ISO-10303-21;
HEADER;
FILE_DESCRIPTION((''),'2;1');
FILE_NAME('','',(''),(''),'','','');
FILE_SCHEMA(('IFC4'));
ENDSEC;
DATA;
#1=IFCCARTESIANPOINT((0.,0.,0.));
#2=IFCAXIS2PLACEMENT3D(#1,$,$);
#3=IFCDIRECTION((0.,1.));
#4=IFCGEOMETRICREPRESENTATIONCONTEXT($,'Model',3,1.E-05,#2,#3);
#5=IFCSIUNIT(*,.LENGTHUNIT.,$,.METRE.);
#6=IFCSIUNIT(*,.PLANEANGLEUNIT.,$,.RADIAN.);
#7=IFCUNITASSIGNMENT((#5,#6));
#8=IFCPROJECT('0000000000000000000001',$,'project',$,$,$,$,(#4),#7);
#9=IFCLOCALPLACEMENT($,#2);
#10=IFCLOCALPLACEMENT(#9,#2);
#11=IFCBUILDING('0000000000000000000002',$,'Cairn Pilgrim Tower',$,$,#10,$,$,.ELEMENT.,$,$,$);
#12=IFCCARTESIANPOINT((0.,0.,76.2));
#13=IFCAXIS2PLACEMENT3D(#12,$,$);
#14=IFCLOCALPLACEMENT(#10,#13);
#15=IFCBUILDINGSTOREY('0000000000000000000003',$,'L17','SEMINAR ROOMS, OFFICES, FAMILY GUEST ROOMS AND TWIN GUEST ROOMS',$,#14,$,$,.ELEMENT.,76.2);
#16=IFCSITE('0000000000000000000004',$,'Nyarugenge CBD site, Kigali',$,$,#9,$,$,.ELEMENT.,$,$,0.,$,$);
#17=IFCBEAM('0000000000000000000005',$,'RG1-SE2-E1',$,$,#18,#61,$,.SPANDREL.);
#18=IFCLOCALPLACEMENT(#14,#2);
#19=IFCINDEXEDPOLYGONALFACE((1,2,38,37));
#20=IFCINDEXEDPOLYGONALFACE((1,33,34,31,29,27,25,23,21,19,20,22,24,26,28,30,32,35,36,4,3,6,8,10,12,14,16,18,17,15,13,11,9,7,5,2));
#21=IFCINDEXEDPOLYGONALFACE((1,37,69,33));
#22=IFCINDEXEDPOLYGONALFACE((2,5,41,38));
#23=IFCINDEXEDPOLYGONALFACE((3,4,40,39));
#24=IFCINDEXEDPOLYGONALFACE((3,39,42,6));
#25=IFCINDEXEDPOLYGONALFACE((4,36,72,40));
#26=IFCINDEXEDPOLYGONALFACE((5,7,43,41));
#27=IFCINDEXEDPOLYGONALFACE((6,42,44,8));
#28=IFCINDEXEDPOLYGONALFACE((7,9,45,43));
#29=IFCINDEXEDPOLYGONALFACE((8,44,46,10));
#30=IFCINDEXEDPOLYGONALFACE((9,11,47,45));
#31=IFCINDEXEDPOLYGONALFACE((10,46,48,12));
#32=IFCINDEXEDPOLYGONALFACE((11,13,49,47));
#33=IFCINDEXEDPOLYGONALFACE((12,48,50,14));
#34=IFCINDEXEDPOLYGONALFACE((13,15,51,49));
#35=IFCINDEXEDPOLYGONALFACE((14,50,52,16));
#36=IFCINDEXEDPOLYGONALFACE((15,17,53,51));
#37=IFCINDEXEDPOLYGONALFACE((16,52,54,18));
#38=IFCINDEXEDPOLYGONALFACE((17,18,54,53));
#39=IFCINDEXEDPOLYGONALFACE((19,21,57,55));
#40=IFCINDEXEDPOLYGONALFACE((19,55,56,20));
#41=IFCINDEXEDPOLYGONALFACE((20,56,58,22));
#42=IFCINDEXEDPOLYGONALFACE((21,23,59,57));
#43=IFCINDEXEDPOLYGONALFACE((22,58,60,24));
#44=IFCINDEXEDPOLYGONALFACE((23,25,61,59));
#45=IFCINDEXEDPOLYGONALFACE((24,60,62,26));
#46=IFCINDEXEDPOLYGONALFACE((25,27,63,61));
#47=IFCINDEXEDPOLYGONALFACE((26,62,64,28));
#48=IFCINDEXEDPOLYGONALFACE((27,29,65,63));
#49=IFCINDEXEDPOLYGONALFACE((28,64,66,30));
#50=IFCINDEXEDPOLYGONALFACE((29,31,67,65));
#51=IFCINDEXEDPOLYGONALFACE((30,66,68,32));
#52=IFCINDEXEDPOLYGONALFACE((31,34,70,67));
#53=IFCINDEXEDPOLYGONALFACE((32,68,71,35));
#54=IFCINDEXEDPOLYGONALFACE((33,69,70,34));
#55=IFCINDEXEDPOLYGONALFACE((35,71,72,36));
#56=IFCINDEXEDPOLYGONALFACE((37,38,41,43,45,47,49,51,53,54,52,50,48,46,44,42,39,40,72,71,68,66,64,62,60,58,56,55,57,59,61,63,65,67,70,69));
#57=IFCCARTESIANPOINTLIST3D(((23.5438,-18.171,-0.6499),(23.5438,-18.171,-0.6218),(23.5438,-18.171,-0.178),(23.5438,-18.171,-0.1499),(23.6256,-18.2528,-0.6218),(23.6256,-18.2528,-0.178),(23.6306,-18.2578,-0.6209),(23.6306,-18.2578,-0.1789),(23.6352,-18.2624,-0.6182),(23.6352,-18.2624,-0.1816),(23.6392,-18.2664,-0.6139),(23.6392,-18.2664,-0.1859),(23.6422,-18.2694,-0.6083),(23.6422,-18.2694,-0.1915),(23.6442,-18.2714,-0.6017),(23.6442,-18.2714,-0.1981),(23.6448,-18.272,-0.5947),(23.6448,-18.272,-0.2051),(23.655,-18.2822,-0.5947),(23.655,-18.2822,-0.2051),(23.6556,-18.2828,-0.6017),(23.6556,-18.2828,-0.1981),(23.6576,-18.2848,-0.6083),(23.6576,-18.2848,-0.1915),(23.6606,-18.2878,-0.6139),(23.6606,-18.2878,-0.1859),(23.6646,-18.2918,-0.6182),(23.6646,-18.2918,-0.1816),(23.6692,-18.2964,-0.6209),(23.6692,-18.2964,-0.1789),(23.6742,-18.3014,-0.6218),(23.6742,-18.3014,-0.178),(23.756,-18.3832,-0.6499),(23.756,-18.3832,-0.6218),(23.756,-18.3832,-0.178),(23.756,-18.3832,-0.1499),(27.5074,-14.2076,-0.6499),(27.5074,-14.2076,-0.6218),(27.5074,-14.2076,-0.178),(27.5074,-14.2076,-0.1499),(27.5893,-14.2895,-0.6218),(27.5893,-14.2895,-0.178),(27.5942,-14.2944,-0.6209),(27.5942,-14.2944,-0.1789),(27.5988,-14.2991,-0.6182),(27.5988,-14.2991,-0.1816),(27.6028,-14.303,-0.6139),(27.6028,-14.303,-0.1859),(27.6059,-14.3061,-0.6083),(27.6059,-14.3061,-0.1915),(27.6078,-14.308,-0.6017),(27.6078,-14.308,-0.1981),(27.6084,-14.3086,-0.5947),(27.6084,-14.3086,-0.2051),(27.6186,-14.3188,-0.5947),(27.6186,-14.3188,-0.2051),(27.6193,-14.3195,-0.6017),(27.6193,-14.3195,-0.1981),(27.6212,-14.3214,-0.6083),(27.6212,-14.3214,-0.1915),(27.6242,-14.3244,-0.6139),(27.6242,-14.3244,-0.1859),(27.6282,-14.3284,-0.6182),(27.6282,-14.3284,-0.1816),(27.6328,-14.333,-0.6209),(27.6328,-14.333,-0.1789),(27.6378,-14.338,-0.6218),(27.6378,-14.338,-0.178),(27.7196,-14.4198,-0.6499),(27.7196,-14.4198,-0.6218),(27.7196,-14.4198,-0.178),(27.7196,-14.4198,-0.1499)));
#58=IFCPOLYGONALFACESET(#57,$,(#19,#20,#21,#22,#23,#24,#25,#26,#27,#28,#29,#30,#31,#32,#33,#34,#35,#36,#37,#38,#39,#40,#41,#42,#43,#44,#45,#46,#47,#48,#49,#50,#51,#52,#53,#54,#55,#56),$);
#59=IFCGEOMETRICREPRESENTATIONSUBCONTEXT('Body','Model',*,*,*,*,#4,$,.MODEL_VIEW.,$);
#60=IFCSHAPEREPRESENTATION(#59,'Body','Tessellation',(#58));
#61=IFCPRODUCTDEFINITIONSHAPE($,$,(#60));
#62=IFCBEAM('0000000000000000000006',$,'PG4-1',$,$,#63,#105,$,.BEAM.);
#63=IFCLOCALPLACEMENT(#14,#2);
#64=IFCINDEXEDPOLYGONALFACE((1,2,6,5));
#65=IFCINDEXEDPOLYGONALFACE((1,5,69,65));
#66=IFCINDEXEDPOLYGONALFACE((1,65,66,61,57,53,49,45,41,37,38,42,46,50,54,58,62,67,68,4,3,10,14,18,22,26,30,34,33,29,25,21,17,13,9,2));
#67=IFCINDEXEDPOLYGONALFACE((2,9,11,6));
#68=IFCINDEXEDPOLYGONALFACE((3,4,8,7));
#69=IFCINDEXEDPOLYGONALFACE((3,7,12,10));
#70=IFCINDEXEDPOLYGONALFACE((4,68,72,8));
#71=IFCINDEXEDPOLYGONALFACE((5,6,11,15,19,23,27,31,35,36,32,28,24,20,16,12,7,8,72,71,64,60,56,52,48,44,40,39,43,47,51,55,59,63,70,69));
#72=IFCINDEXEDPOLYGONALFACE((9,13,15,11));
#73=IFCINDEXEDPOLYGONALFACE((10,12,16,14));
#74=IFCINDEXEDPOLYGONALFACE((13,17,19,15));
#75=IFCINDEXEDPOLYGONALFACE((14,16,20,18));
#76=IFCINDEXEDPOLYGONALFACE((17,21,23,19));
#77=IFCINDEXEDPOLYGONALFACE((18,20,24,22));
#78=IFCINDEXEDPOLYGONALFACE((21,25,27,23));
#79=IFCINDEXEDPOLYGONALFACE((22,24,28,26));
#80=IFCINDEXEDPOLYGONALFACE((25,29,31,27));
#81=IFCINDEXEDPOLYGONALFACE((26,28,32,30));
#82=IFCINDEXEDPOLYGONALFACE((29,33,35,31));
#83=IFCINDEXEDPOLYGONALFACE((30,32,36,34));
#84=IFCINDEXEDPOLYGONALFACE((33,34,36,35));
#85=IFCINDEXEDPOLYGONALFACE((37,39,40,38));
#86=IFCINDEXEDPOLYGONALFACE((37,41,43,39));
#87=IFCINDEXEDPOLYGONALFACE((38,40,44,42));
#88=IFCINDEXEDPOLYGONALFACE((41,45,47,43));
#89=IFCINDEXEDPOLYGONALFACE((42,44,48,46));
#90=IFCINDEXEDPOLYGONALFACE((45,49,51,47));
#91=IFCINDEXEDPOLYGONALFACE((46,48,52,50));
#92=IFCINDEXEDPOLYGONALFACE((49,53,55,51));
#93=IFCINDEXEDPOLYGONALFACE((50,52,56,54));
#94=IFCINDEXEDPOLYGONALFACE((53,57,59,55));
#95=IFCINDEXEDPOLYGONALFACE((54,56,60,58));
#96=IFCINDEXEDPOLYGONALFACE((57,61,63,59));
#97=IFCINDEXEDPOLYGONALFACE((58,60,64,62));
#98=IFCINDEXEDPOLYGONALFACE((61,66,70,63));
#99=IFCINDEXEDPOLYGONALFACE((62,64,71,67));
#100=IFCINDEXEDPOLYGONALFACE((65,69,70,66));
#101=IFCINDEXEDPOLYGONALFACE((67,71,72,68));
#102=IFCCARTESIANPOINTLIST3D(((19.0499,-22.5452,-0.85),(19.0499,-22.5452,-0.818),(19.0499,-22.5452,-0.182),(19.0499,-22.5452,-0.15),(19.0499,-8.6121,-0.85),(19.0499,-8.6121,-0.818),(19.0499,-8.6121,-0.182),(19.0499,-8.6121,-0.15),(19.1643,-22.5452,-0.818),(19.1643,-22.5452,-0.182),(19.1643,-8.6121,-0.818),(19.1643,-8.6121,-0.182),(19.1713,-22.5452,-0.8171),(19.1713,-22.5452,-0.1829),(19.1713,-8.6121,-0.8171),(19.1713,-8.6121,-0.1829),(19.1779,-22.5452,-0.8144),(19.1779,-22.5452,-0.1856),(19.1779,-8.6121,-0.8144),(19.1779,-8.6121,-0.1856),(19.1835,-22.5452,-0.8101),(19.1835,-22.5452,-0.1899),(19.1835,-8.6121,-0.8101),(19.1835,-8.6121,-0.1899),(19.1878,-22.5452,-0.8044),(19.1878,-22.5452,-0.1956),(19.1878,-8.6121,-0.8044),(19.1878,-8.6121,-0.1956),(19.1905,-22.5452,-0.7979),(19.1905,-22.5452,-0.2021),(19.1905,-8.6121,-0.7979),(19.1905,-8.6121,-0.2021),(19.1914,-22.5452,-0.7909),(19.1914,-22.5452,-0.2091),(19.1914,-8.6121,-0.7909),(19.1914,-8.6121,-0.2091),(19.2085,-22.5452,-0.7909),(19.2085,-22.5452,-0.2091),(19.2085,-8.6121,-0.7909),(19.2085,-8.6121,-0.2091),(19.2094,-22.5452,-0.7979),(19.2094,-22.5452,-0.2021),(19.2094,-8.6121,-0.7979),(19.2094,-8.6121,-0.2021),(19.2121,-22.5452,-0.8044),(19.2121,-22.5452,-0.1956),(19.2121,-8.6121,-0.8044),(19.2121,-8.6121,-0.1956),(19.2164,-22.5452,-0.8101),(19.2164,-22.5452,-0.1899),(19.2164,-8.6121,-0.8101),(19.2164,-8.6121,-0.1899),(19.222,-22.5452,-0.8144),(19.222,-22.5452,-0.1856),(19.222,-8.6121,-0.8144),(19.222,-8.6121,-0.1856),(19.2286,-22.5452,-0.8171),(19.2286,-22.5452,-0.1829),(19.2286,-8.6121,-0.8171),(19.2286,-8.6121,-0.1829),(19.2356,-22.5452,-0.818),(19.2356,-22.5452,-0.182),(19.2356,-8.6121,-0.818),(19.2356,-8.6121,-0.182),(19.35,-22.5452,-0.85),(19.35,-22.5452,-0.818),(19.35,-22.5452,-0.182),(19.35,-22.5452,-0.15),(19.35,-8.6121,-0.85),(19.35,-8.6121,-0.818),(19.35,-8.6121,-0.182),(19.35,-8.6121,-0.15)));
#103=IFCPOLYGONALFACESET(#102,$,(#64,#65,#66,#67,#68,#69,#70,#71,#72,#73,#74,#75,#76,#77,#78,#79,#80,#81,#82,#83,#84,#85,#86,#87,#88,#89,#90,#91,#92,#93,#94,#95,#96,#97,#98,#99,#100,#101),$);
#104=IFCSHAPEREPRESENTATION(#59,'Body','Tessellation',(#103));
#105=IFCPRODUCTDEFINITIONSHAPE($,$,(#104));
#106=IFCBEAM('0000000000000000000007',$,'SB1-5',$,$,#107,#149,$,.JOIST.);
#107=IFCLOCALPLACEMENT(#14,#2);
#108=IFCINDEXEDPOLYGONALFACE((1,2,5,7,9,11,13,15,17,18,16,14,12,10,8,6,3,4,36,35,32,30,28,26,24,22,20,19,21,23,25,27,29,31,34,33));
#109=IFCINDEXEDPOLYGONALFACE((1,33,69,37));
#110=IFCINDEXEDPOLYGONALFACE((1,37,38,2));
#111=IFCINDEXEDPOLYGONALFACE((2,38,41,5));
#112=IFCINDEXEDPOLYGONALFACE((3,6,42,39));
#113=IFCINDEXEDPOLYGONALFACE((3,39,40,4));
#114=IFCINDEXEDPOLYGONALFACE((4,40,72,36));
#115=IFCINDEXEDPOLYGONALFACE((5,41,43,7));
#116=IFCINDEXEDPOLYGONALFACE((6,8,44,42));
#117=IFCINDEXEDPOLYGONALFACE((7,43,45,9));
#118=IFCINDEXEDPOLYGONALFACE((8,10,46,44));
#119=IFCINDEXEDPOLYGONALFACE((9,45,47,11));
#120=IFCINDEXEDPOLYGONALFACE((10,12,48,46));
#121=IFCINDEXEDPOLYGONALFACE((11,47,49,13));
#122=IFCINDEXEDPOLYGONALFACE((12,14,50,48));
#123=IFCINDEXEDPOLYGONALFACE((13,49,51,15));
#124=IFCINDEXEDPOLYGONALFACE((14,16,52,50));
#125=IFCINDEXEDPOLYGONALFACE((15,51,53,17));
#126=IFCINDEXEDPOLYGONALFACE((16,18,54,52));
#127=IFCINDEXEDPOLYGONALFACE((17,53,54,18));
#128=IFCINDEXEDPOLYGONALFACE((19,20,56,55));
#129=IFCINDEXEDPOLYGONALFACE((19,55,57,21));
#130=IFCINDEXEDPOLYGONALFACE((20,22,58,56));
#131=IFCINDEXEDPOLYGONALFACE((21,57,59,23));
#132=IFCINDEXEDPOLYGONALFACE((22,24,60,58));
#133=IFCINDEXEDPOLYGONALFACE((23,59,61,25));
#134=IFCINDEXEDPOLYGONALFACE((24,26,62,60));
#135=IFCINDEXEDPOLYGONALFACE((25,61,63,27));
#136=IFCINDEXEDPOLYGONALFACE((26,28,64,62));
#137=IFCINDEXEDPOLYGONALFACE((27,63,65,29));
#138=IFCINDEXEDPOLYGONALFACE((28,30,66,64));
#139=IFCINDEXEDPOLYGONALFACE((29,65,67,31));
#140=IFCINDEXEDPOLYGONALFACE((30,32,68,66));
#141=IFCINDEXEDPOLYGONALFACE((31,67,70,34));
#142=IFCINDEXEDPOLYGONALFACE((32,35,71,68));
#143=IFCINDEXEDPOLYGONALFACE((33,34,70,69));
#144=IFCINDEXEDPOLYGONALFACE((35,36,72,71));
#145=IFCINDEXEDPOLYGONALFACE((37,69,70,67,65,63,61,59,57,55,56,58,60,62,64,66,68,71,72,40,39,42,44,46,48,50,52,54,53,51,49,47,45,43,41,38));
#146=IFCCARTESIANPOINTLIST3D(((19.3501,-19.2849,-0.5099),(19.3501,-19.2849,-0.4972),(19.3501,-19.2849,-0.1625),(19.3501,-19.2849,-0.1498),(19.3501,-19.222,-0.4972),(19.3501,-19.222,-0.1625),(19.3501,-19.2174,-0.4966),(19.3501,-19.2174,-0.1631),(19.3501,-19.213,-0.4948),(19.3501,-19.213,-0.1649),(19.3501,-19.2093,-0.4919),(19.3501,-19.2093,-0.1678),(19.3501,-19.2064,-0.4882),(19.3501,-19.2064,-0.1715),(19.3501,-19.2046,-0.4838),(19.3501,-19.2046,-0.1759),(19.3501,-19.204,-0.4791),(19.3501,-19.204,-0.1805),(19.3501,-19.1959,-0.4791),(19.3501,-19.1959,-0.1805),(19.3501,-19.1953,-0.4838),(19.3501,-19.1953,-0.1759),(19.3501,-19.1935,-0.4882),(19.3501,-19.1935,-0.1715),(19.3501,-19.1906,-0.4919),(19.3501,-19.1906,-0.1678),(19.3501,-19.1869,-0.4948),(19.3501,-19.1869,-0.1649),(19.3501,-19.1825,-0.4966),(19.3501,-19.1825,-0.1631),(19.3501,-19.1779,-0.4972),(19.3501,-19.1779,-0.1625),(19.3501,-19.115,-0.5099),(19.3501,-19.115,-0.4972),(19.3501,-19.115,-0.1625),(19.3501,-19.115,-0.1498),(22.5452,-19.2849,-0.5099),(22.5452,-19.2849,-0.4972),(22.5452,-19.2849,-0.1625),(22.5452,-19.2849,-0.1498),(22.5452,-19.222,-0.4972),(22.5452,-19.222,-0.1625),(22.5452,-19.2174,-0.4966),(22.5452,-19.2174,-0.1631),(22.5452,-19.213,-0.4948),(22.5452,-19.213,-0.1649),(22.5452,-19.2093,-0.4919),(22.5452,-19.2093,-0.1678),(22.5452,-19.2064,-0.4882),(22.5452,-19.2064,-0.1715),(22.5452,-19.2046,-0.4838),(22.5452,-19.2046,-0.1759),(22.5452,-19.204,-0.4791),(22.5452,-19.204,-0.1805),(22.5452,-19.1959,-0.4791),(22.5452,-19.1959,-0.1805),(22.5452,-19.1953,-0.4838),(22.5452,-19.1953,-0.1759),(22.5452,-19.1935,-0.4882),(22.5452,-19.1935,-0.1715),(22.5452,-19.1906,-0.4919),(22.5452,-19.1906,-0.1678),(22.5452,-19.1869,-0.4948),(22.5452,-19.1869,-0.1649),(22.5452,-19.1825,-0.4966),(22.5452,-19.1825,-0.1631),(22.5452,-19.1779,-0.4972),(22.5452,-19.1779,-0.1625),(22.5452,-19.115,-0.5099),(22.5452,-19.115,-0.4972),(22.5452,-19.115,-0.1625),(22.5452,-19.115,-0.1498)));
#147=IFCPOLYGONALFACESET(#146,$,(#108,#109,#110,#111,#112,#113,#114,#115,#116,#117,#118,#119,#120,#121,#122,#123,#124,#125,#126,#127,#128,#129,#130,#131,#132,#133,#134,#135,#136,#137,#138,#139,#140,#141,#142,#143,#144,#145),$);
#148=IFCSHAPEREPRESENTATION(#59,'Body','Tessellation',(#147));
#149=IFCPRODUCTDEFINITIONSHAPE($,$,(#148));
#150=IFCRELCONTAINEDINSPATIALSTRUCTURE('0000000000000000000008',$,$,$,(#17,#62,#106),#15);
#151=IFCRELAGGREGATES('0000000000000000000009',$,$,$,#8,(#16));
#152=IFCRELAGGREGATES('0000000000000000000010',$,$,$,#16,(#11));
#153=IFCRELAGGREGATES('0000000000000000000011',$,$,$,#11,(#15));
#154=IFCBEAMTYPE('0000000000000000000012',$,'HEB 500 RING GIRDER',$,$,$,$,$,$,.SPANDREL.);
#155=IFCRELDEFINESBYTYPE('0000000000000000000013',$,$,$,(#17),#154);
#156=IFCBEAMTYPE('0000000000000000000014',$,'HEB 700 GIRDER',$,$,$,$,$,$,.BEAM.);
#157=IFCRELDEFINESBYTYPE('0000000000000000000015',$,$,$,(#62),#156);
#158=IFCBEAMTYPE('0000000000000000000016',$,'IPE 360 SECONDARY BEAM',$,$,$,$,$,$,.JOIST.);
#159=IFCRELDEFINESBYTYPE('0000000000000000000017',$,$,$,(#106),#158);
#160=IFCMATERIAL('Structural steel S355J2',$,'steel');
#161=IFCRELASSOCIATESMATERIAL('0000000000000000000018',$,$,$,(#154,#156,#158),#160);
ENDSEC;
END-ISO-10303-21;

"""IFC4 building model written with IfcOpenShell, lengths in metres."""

from ifc_helpers import new_model, si_unit, direction, frame, origin, origin_2d, place, context, subcontext, project, spatial, i_section, extrude, material, material_profile, profile_set, type_object, element, save


model = new_model("IFC4")

# Units and contexts
model_context = context("Model", 3, precision=1e-05, world=origin(), true_north=direction((0.0, 1.0)))
body_context = subcontext(model_context, "Body", "Model", "MODEL_VIEW")
ifc_project = project(units=[si_unit("LENGTHUNIT", "METRE"), si_unit("PLANEANGLEUNIT", "RADIAN")], contexts=[model_context])

# Site, building, storey
site_placement = place(None, origin())
site = spatial("IfcSite", under=ifc_project, at=site_placement, Name="Nyarugenge CBD site, Kigali", CompositionType="ELEMENT", RefElevation=0.0)
building_placement = place(site_placement, origin())
building = spatial("IfcBuilding", under=site, at=building_placement, Name="Cairn Pilgrim Tower", CompositionType="ELEMENT")
storey_placement = place(building_placement, frame((0.0, 0.0, 76.2)))
storey = spatial("IfcBuildingStorey", under=building, at=storey_placement, Name="L17", Description="SEMINAR ROOMS, OFFICES, FAMILY GUEST ROOMS AND TWIN GUEST ROOMS", CompositionType="ELEMENT", Elevation=76.2)

# Shared definitions
ifc_material_1 = material(Name="Structural steel S355J2", Category="steel")

# Beams
ifc_material_profile_1 = material_profile(ifc_material_1, i_section(OverallWidth=0.3, OverallDepth=0.5, WebThickness=0.0144, FlangeThickness=0.0281, FilletRadius=0.0271, at=origin_2d()), Name="HEB 500")
ifc_profile_set_1 = profile_set([ifc_material_profile_1], Name="Structural steel S355J2")
beam_type_1 = type_object("IfcBeamType", Name="HEB 500 RING GIRDER", PredefinedType="SPANDREL", material=ifc_profile_set_1)
beam_1_placement = place(storey_placement, frame((23.6499, -18.2771, -0.3999), z_axis=(0.707129, 0.707085, 0.0), x_axis=(-0.707085, 0.707129, 0.0)))
element("IfcBeam", 1, at=beam_1_placement, inside=storey, type_object=beam_type_1, Name="RG1-SE2-E1", PredefinedType="SPANDREL", context=body_context, shape_type="SweptSolid", body=[
    extrude(i_section(OverallWidth=0.3, OverallDepth=0.5, WebThickness=0.0144, FlangeThickness=0.0281, FilletRadius=0.0271, at=origin_2d()), origin(), (0.0, 0.0, 1.0), 5.6052),
])
ifc_material_profile_2 = material_profile(ifc_material_1, i_section(OverallWidth=0.3, OverallDepth=0.7, WebThickness=0.0171, FlangeThickness=0.032, FilletRadius=0.0271, at=origin_2d()), Name="HEB 700")
ifc_profile_set_2 = profile_set([ifc_material_profile_2], Name="Structural steel S355J2")
beam_type_2 = type_object("IfcBeamType", Name="HEB 700 GIRDER", PredefinedType="BEAM", material=ifc_profile_set_2)
beam_2_placement = place(storey_placement, frame((19.2, -22.5452, -0.5), z_axis=(0.0, 1.0, 0.0), x_axis=(-1.0, 0.0, 0.0)))
element("IfcBeam", 2, at=beam_2_placement, inside=storey, type_object=beam_type_2, Name="PG4-1", PredefinedType="BEAM", context=body_context, shape_type="SweptSolid", body=[
    extrude(i_section(OverallWidth=0.3, OverallDepth=0.7, WebThickness=0.0171, FlangeThickness=0.032, FilletRadius=0.0271, at=origin_2d()), origin(), (0.0, 0.0, 1.0), 13.9331),
])
ifc_material_profile_3 = material_profile(ifc_material_1, i_section(OverallWidth=0.1699, OverallDepth=0.3601, WebThickness=0.0081, FlangeThickness=0.0127, FilletRadius=0.0181, at=origin_2d()), Name="IPE 360")
ifc_profile_set_3 = profile_set([ifc_material_profile_3], Name="Structural steel S355J2")
beam_type_3 = type_object("IfcBeamType", Name="IPE 360 SECONDARY BEAM", PredefinedType="JOIST", material=ifc_profile_set_3)
beam_3_placement = place(storey_placement, frame((19.3501, -19.2, -0.3298), z_axis=(1.0, 0.0, 0.0), x_axis=(0.0, 1.0, 0.0)))
element("IfcBeam", 3, at=beam_3_placement, inside=storey, type_object=beam_type_3, Name="SB1-5", PredefinedType="JOIST", context=body_context, shape_type="SweptSolid", body=[
    extrude(i_section(OverallWidth=0.1699, OverallDepth=0.3601, WebThickness=0.0081, FlangeThickness=0.0127, FilletRadius=0.0181, at=origin_2d()), origin(), (0.0, 0.0, 1.0), 3.1951),
])

save(model, "model.ifc")
